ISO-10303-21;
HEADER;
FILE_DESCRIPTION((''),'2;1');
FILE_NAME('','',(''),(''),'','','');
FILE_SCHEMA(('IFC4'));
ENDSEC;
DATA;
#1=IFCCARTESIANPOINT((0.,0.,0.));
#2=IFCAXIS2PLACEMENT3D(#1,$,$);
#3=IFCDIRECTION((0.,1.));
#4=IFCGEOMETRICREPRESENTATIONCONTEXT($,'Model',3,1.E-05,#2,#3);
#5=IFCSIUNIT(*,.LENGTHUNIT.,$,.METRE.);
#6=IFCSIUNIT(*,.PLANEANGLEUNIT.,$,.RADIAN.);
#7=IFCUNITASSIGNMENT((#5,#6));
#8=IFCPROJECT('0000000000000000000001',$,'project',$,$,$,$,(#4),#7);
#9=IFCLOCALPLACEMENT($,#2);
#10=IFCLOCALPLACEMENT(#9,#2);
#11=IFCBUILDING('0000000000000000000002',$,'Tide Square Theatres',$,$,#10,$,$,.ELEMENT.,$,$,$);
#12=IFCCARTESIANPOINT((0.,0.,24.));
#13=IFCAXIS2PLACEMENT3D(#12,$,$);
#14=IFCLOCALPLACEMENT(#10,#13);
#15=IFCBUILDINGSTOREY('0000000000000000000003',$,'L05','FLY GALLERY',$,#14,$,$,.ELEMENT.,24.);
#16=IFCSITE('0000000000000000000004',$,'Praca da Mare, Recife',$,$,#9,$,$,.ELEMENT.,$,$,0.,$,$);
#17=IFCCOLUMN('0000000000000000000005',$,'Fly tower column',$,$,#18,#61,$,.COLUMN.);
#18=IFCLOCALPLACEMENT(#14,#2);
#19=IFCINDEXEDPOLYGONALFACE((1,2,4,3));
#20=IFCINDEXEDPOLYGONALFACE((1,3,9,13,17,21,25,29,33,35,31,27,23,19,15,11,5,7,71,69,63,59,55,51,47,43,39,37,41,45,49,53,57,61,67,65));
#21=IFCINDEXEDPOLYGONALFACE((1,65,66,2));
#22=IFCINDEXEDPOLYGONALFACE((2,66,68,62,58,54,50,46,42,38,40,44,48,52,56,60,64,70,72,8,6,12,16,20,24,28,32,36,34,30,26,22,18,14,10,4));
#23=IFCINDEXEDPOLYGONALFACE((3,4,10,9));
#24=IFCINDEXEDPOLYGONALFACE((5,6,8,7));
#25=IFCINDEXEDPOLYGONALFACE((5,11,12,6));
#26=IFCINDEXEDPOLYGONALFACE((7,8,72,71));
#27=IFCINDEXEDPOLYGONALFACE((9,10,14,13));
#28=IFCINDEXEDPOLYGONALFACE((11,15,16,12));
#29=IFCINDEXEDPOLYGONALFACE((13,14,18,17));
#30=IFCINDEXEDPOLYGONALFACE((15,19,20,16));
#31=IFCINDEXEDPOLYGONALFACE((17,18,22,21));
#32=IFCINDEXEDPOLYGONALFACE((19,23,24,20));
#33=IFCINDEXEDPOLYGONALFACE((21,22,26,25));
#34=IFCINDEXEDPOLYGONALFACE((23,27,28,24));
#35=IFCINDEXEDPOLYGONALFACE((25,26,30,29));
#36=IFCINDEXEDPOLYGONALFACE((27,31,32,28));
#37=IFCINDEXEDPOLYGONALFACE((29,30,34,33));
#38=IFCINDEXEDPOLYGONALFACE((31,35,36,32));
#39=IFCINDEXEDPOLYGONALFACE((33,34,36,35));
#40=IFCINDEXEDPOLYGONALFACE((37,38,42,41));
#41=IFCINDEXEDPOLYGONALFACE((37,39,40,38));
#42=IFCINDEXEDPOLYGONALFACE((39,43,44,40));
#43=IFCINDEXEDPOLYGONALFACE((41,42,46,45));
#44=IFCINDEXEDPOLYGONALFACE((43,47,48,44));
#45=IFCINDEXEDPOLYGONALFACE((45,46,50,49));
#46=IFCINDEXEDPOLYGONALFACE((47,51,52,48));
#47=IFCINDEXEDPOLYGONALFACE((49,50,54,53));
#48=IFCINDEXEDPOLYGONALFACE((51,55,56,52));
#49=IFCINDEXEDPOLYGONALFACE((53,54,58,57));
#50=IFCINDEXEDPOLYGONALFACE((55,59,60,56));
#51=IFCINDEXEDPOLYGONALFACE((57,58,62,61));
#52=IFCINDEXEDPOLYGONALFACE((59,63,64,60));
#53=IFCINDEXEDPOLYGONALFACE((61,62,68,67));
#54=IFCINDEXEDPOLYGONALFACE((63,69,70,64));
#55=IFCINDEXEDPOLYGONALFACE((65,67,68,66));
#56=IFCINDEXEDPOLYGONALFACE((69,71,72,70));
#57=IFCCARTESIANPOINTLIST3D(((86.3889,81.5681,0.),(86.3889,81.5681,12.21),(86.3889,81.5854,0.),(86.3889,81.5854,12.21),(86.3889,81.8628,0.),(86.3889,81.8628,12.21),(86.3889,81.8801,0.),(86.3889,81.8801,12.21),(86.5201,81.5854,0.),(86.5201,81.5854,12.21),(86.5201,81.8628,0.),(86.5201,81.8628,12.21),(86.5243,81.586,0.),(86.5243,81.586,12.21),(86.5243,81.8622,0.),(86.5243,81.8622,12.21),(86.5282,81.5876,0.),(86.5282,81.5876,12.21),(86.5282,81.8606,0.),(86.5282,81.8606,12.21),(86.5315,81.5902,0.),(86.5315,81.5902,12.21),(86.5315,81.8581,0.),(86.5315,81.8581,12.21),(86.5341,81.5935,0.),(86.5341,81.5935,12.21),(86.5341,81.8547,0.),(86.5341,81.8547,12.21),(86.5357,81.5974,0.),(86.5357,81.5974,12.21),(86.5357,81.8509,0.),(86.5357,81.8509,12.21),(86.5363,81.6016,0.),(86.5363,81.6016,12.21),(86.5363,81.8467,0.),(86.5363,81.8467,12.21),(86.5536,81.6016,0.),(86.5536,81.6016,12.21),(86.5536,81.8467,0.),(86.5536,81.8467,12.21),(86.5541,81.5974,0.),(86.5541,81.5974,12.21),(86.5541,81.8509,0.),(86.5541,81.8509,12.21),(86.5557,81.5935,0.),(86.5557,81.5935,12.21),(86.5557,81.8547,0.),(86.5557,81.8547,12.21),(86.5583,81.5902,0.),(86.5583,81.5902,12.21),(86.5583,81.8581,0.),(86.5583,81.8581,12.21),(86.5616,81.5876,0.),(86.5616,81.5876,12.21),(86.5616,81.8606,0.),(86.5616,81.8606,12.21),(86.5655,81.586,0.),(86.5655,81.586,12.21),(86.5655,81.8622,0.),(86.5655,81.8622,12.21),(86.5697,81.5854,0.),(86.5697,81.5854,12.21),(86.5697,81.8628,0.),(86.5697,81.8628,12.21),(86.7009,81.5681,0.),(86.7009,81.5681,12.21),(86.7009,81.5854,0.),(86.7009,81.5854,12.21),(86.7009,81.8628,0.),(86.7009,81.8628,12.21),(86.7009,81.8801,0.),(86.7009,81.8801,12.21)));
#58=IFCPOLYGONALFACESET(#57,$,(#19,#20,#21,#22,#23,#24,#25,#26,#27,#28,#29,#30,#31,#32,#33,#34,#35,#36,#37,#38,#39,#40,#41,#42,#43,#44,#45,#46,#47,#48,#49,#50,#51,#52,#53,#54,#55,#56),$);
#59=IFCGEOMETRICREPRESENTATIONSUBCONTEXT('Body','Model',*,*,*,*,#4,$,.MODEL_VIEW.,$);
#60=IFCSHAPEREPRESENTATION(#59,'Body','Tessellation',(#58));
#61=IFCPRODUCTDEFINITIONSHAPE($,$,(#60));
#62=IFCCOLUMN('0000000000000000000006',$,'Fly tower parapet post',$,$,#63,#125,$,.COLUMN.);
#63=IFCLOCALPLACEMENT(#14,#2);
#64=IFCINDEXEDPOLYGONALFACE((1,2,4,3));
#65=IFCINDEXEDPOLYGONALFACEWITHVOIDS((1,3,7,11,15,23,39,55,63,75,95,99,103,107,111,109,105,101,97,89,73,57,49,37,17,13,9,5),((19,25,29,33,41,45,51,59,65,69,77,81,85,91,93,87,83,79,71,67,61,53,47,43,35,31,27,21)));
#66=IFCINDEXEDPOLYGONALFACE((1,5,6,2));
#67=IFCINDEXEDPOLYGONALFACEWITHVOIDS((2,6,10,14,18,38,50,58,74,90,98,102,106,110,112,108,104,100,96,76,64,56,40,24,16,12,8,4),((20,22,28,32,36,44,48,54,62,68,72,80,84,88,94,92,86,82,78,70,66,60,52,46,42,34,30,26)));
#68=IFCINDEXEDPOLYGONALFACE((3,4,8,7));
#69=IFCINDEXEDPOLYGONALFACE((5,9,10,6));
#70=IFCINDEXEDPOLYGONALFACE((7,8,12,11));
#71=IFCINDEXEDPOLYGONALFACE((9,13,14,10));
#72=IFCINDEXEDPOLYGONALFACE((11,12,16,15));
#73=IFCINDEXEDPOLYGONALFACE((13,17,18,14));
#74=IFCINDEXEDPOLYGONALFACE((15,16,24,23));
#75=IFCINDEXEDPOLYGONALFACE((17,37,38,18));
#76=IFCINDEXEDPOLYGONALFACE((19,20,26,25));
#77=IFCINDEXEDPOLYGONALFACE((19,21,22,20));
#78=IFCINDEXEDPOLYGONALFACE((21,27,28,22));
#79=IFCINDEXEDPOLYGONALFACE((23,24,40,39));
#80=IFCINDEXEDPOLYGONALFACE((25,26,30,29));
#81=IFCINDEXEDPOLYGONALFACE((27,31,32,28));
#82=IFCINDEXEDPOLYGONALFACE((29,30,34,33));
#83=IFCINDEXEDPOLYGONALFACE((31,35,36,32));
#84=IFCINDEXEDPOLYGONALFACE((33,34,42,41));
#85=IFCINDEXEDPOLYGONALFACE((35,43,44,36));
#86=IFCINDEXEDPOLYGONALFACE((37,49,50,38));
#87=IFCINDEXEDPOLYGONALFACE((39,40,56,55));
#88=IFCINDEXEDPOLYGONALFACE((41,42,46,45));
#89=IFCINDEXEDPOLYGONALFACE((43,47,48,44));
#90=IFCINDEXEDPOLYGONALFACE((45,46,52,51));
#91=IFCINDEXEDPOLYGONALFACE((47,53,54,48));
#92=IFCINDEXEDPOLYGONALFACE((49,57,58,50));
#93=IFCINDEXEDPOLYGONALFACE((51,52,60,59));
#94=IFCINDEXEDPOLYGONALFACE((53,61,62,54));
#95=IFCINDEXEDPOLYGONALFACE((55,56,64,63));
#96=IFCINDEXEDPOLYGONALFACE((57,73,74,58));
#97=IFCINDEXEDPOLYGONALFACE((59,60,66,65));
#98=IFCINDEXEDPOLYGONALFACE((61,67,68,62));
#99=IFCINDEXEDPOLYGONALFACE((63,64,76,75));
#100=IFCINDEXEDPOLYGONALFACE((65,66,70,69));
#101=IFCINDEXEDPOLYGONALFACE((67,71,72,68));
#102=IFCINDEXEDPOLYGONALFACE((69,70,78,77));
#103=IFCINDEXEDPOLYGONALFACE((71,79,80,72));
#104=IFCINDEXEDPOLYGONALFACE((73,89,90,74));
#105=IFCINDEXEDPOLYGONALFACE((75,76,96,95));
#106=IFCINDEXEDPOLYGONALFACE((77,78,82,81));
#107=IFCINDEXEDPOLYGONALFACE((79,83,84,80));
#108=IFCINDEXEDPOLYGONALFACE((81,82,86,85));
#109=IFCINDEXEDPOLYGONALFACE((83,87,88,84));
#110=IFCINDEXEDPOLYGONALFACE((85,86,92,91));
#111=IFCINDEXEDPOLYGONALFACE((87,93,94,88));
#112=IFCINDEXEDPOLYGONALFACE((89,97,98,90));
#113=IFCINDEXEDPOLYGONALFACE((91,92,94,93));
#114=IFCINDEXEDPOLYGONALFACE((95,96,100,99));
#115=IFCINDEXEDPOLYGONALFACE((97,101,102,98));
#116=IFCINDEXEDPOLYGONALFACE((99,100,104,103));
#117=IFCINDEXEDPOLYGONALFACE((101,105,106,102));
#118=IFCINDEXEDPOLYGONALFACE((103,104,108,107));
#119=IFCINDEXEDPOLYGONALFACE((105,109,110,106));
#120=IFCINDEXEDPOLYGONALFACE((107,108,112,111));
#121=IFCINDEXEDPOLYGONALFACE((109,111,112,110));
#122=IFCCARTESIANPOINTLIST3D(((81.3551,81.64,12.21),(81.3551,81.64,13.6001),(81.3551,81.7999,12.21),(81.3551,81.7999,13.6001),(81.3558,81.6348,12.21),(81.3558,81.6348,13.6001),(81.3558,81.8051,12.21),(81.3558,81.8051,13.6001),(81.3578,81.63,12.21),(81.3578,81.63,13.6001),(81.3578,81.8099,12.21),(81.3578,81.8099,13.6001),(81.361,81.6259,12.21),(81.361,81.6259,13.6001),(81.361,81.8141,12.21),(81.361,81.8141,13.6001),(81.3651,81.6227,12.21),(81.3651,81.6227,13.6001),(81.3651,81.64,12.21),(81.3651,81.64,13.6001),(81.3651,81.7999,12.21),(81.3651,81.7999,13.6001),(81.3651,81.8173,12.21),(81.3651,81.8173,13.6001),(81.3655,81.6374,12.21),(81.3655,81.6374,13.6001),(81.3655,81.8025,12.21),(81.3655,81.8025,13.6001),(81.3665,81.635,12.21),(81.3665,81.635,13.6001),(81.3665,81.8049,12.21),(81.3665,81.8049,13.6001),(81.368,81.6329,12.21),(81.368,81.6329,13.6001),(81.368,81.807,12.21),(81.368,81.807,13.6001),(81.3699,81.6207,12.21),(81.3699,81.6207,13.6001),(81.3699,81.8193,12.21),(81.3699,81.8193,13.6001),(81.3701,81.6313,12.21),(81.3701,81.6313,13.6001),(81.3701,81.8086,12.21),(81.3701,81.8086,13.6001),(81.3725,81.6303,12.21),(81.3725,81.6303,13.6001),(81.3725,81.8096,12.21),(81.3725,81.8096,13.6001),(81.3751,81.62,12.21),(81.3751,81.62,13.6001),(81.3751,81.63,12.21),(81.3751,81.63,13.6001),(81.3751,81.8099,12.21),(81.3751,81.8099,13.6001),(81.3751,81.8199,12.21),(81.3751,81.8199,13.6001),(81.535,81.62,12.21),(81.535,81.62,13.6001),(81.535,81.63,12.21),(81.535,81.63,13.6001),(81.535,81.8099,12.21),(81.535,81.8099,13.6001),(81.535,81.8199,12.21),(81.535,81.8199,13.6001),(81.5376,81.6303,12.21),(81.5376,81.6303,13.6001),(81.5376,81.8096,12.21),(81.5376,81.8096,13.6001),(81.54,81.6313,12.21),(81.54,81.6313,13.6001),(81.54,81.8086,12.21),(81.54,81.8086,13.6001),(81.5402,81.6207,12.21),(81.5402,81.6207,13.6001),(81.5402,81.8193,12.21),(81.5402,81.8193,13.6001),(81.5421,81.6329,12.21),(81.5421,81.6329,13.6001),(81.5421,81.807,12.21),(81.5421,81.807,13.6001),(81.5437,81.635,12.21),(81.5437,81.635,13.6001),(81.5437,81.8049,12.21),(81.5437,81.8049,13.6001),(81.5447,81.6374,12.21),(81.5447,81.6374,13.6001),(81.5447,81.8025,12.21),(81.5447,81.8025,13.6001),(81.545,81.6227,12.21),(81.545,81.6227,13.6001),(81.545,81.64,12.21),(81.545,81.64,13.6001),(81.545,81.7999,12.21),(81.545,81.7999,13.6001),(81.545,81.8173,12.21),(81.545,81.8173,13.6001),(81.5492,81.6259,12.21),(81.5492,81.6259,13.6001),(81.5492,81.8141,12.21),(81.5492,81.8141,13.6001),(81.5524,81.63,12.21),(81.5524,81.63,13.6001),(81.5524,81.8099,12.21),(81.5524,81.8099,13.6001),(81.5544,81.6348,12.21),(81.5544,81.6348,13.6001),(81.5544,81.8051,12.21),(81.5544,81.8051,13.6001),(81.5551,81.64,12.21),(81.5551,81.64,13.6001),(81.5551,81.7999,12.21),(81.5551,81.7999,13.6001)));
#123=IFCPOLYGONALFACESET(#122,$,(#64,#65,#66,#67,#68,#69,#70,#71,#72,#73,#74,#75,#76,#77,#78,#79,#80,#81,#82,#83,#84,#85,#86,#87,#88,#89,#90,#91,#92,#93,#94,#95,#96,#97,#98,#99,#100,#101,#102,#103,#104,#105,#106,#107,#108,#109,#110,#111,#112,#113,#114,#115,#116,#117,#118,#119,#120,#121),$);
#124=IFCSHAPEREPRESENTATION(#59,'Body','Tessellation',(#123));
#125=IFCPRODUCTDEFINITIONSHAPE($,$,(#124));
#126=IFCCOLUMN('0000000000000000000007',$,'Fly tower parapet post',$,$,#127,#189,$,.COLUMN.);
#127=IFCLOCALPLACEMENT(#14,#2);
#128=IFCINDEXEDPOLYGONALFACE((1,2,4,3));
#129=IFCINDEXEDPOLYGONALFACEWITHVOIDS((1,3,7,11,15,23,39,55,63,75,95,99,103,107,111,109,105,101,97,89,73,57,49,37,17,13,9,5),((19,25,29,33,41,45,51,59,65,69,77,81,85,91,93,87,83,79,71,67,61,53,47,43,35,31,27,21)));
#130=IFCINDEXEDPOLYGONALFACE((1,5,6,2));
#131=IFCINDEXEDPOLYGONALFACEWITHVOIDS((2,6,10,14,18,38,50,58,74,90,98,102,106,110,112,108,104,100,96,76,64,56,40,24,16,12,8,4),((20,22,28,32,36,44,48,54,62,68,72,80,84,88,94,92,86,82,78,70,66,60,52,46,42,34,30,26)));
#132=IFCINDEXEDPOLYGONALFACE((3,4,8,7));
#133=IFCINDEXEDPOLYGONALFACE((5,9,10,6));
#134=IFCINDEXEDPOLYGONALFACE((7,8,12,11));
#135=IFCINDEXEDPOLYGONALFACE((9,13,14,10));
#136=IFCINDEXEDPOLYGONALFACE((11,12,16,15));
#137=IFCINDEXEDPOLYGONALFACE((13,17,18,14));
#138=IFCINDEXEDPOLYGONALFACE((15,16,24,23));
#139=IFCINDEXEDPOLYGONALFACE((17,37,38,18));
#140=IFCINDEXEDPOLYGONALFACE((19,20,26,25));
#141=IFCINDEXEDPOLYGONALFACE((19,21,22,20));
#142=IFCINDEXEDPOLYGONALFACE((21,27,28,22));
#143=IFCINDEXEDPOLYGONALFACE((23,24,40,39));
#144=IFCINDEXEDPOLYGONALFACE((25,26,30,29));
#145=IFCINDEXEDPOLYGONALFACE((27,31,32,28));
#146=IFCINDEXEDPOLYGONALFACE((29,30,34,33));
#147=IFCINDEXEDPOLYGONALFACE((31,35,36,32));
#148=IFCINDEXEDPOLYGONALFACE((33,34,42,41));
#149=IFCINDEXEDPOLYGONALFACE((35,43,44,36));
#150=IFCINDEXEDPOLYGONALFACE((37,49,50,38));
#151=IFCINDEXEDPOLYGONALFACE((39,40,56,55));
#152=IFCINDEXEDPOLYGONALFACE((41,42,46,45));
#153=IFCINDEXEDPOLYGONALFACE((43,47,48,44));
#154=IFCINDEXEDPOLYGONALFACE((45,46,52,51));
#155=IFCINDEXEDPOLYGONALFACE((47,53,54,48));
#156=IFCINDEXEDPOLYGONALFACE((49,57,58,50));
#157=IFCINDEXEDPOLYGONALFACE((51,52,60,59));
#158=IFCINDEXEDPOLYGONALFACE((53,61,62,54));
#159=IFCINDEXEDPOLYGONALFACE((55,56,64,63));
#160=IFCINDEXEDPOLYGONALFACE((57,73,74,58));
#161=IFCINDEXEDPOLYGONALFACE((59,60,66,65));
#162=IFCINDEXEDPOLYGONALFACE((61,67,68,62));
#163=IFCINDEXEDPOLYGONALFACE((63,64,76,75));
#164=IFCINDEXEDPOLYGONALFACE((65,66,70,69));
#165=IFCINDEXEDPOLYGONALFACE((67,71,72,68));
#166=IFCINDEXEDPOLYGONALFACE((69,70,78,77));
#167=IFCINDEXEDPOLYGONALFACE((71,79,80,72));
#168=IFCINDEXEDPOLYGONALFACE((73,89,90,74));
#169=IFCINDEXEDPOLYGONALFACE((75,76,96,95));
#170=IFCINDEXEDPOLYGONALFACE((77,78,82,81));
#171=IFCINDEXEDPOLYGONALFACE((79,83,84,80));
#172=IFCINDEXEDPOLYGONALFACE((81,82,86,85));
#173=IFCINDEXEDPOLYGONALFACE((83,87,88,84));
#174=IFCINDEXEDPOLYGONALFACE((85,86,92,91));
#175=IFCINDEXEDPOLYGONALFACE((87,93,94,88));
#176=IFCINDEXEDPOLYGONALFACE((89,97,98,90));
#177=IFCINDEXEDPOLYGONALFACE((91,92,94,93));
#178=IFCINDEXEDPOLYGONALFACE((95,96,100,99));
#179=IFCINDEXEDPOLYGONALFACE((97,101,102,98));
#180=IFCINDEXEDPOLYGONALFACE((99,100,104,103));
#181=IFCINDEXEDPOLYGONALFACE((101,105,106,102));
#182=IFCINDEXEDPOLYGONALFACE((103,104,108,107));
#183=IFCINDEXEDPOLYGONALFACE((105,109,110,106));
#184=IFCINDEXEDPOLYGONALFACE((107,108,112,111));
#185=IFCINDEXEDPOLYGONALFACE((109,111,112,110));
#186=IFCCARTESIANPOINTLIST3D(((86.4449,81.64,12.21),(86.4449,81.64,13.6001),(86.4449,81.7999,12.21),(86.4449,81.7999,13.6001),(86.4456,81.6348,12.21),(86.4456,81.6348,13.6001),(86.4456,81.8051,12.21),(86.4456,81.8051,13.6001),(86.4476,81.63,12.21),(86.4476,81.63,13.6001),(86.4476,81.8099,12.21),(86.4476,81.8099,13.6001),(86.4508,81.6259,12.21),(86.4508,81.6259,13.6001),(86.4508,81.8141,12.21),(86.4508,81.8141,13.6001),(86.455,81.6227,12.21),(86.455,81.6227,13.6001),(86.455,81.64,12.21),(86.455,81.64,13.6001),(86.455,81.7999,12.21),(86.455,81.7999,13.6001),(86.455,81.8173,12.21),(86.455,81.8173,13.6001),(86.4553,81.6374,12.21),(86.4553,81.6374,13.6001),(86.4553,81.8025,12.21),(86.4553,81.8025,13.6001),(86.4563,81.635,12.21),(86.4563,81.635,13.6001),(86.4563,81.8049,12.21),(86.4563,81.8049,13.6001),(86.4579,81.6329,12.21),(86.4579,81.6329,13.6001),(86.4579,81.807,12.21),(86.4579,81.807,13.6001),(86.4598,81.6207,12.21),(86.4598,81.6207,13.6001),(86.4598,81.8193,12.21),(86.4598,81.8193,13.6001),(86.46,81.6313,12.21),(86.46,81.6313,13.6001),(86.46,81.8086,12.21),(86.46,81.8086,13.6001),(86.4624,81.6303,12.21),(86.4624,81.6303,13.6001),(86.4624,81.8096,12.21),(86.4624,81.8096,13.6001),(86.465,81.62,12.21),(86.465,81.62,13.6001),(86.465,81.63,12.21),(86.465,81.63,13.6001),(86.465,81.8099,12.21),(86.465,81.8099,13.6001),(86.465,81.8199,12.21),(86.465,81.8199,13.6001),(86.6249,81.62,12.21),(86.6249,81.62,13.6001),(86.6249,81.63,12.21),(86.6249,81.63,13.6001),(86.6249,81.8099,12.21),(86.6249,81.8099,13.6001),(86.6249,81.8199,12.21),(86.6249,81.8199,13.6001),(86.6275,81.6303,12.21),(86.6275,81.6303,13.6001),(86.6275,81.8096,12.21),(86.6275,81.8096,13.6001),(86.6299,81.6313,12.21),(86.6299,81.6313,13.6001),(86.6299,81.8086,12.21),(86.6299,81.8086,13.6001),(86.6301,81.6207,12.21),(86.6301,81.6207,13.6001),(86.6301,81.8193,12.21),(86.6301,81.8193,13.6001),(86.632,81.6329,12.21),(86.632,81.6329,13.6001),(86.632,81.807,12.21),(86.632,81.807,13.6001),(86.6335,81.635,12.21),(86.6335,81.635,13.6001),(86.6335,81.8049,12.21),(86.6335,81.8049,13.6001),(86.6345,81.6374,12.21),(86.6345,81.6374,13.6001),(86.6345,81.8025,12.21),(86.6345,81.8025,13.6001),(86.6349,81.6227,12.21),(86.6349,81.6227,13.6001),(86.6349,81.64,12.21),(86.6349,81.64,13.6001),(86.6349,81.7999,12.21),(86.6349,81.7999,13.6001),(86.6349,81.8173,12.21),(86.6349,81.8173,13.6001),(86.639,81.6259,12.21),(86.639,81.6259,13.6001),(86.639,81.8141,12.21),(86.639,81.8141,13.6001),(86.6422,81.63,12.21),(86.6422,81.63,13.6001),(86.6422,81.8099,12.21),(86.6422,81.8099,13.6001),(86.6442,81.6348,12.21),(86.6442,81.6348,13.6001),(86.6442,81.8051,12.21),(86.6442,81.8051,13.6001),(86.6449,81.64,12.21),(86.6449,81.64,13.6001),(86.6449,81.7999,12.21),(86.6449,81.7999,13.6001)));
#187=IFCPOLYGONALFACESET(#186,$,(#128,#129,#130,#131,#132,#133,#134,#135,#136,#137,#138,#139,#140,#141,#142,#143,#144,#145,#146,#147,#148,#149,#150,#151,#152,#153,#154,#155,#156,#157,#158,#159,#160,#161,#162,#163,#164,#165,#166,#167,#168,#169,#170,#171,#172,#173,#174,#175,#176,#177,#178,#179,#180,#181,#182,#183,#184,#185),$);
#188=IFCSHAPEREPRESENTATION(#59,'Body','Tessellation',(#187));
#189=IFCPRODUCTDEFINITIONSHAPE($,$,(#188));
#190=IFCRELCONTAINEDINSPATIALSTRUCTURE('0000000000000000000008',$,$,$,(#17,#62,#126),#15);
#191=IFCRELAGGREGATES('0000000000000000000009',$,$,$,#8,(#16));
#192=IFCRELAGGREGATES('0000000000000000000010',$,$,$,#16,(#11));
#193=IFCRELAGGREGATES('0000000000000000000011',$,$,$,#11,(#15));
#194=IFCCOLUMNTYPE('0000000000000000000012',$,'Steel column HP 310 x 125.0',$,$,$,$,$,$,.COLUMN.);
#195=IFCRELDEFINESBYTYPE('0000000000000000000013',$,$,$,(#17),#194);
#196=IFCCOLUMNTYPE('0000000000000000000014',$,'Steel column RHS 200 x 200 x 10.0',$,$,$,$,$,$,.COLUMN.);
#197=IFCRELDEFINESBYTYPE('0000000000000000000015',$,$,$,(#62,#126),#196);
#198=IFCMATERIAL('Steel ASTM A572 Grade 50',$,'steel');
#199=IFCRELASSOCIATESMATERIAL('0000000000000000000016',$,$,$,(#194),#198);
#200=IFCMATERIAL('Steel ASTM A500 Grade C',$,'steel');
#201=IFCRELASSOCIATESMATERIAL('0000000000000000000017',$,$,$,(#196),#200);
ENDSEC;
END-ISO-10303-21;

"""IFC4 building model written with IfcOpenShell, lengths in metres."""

from ifc_helpers import new_model, si_unit, direction, frame, origin, origin_2d, place, context, subcontext, project, spatial, hollow_rectangle, i_section, extrude, material, material_profile, profile_set, type_object, element, save


model = new_model("IFC4")

# Units and contexts
model_context = context("Model", 3, precision=1e-05, world=origin(), true_north=direction((0.0, 1.0)))
body_context = subcontext(model_context, "Body", "Model", "MODEL_VIEW")
ifc_project = project(units=[si_unit("LENGTHUNIT", "METRE"), si_unit("PLANEANGLEUNIT", "RADIAN")], contexts=[model_context])

# Site, building, storey
site_placement = place(None, origin())
site = spatial("IfcSite", under=ifc_project, at=site_placement, Name="Praca da Mare, Recife", CompositionType="ELEMENT", RefElevation=0.0)
building_placement = place(site_placement, origin())
building = spatial("IfcBuilding", under=site, at=building_placement, Name="Tide Square Theatres", CompositionType="ELEMENT")
storey_placement = place(building_placement, frame((0.0, 0.0, 24.0)))
storey = spatial("IfcBuildingStorey", under=building, at=storey_placement, Name="L05", Description="FLY GALLERY", CompositionType="ELEMENT", Elevation=24.0)

# Columns
ifc_material_1 = material(Name="Steel ASTM A572 Grade 50", Category="steel")
ifc_material_profile_1 = material_profile(ifc_material_1, i_section(OverallWidth=0.312, OverallDepth=0.312, WebThickness=0.0173, FlangeThickness=0.0173, FilletRadius=0.0161, at=origin_2d()))
ifc_profile_set_1 = profile_set([ifc_material_profile_1], Name="Steel ASTM A572 Grade 50")
column_type_1 = type_object("IfcColumnType", Name="Steel column HP 310 x 125.0", PredefinedType="COLUMN", material=ifc_profile_set_1)
column_placement = place(storey_placement, frame((86.5449, 81.7241, 0.0), z_axis=(0.0, 0.0, 1.0), x_axis=(1.0, 0.0, 0.0)))
element("IfcColumn", 1, at=column_placement, inside=storey, type_object=column_type_1, Name="Fly tower column", PredefinedType="COLUMN", context=body_context, shape_type="SweptSolid", body=[
    extrude(i_section(OverallWidth=0.312, OverallDepth=0.312, WebThickness=0.0173, FlangeThickness=0.0173, FilletRadius=0.0161, at=origin_2d()), origin(), (0.0, 0.0, 1.0), 12.21),
])
ifc_material_2 = material(Name="Steel ASTM A500 Grade C", Category="steel")
ifc_material_profile_2 = material_profile(ifc_material_2, hollow_rectangle(XDim=0.2, YDim=0.2, WallThickness=0.01, InnerFilletRadius=0.01, OuterFilletRadius=0.02, at=origin_2d()))
ifc_profile_set_2 = profile_set([ifc_material_profile_2], Name="Steel ASTM A500 Grade C")
column_type_2 = type_object("IfcColumnType", Name="Steel column RHS 200 x 200 x 10.0", PredefinedType="COLUMN", material=ifc_profile_set_2)
for number, where, z_axis, x_axis, name in (
    (2, (81.4551, 81.72, 12.21), (0.0, 0.0, 1.0), (1.0, 0.0, 0.0), "Fly tower parapet post"),
    (3, (86.5449, 81.72, 12.21), (0.0, 0.0, 1.0), (1.0, 0.0, 0.0), "Fly tower parapet post"),
):
    element("IfcColumn", number, at=place(storey_placement, frame(where, z_axis=z_axis, x_axis=x_axis)), inside=storey, type_object=column_type_2, Name=name, PredefinedType="COLUMN", context=body_context, shape_type="SweptSolid", body=[
        extrude(hollow_rectangle(XDim=0.2, YDim=0.2, WallThickness=0.01, InnerFilletRadius=0.01, OuterFilletRadius=0.02, at=origin_2d()), origin(), (0.0, 0.0, 1.0), 1.3901),
    ])

save(model, "model.ifc")
